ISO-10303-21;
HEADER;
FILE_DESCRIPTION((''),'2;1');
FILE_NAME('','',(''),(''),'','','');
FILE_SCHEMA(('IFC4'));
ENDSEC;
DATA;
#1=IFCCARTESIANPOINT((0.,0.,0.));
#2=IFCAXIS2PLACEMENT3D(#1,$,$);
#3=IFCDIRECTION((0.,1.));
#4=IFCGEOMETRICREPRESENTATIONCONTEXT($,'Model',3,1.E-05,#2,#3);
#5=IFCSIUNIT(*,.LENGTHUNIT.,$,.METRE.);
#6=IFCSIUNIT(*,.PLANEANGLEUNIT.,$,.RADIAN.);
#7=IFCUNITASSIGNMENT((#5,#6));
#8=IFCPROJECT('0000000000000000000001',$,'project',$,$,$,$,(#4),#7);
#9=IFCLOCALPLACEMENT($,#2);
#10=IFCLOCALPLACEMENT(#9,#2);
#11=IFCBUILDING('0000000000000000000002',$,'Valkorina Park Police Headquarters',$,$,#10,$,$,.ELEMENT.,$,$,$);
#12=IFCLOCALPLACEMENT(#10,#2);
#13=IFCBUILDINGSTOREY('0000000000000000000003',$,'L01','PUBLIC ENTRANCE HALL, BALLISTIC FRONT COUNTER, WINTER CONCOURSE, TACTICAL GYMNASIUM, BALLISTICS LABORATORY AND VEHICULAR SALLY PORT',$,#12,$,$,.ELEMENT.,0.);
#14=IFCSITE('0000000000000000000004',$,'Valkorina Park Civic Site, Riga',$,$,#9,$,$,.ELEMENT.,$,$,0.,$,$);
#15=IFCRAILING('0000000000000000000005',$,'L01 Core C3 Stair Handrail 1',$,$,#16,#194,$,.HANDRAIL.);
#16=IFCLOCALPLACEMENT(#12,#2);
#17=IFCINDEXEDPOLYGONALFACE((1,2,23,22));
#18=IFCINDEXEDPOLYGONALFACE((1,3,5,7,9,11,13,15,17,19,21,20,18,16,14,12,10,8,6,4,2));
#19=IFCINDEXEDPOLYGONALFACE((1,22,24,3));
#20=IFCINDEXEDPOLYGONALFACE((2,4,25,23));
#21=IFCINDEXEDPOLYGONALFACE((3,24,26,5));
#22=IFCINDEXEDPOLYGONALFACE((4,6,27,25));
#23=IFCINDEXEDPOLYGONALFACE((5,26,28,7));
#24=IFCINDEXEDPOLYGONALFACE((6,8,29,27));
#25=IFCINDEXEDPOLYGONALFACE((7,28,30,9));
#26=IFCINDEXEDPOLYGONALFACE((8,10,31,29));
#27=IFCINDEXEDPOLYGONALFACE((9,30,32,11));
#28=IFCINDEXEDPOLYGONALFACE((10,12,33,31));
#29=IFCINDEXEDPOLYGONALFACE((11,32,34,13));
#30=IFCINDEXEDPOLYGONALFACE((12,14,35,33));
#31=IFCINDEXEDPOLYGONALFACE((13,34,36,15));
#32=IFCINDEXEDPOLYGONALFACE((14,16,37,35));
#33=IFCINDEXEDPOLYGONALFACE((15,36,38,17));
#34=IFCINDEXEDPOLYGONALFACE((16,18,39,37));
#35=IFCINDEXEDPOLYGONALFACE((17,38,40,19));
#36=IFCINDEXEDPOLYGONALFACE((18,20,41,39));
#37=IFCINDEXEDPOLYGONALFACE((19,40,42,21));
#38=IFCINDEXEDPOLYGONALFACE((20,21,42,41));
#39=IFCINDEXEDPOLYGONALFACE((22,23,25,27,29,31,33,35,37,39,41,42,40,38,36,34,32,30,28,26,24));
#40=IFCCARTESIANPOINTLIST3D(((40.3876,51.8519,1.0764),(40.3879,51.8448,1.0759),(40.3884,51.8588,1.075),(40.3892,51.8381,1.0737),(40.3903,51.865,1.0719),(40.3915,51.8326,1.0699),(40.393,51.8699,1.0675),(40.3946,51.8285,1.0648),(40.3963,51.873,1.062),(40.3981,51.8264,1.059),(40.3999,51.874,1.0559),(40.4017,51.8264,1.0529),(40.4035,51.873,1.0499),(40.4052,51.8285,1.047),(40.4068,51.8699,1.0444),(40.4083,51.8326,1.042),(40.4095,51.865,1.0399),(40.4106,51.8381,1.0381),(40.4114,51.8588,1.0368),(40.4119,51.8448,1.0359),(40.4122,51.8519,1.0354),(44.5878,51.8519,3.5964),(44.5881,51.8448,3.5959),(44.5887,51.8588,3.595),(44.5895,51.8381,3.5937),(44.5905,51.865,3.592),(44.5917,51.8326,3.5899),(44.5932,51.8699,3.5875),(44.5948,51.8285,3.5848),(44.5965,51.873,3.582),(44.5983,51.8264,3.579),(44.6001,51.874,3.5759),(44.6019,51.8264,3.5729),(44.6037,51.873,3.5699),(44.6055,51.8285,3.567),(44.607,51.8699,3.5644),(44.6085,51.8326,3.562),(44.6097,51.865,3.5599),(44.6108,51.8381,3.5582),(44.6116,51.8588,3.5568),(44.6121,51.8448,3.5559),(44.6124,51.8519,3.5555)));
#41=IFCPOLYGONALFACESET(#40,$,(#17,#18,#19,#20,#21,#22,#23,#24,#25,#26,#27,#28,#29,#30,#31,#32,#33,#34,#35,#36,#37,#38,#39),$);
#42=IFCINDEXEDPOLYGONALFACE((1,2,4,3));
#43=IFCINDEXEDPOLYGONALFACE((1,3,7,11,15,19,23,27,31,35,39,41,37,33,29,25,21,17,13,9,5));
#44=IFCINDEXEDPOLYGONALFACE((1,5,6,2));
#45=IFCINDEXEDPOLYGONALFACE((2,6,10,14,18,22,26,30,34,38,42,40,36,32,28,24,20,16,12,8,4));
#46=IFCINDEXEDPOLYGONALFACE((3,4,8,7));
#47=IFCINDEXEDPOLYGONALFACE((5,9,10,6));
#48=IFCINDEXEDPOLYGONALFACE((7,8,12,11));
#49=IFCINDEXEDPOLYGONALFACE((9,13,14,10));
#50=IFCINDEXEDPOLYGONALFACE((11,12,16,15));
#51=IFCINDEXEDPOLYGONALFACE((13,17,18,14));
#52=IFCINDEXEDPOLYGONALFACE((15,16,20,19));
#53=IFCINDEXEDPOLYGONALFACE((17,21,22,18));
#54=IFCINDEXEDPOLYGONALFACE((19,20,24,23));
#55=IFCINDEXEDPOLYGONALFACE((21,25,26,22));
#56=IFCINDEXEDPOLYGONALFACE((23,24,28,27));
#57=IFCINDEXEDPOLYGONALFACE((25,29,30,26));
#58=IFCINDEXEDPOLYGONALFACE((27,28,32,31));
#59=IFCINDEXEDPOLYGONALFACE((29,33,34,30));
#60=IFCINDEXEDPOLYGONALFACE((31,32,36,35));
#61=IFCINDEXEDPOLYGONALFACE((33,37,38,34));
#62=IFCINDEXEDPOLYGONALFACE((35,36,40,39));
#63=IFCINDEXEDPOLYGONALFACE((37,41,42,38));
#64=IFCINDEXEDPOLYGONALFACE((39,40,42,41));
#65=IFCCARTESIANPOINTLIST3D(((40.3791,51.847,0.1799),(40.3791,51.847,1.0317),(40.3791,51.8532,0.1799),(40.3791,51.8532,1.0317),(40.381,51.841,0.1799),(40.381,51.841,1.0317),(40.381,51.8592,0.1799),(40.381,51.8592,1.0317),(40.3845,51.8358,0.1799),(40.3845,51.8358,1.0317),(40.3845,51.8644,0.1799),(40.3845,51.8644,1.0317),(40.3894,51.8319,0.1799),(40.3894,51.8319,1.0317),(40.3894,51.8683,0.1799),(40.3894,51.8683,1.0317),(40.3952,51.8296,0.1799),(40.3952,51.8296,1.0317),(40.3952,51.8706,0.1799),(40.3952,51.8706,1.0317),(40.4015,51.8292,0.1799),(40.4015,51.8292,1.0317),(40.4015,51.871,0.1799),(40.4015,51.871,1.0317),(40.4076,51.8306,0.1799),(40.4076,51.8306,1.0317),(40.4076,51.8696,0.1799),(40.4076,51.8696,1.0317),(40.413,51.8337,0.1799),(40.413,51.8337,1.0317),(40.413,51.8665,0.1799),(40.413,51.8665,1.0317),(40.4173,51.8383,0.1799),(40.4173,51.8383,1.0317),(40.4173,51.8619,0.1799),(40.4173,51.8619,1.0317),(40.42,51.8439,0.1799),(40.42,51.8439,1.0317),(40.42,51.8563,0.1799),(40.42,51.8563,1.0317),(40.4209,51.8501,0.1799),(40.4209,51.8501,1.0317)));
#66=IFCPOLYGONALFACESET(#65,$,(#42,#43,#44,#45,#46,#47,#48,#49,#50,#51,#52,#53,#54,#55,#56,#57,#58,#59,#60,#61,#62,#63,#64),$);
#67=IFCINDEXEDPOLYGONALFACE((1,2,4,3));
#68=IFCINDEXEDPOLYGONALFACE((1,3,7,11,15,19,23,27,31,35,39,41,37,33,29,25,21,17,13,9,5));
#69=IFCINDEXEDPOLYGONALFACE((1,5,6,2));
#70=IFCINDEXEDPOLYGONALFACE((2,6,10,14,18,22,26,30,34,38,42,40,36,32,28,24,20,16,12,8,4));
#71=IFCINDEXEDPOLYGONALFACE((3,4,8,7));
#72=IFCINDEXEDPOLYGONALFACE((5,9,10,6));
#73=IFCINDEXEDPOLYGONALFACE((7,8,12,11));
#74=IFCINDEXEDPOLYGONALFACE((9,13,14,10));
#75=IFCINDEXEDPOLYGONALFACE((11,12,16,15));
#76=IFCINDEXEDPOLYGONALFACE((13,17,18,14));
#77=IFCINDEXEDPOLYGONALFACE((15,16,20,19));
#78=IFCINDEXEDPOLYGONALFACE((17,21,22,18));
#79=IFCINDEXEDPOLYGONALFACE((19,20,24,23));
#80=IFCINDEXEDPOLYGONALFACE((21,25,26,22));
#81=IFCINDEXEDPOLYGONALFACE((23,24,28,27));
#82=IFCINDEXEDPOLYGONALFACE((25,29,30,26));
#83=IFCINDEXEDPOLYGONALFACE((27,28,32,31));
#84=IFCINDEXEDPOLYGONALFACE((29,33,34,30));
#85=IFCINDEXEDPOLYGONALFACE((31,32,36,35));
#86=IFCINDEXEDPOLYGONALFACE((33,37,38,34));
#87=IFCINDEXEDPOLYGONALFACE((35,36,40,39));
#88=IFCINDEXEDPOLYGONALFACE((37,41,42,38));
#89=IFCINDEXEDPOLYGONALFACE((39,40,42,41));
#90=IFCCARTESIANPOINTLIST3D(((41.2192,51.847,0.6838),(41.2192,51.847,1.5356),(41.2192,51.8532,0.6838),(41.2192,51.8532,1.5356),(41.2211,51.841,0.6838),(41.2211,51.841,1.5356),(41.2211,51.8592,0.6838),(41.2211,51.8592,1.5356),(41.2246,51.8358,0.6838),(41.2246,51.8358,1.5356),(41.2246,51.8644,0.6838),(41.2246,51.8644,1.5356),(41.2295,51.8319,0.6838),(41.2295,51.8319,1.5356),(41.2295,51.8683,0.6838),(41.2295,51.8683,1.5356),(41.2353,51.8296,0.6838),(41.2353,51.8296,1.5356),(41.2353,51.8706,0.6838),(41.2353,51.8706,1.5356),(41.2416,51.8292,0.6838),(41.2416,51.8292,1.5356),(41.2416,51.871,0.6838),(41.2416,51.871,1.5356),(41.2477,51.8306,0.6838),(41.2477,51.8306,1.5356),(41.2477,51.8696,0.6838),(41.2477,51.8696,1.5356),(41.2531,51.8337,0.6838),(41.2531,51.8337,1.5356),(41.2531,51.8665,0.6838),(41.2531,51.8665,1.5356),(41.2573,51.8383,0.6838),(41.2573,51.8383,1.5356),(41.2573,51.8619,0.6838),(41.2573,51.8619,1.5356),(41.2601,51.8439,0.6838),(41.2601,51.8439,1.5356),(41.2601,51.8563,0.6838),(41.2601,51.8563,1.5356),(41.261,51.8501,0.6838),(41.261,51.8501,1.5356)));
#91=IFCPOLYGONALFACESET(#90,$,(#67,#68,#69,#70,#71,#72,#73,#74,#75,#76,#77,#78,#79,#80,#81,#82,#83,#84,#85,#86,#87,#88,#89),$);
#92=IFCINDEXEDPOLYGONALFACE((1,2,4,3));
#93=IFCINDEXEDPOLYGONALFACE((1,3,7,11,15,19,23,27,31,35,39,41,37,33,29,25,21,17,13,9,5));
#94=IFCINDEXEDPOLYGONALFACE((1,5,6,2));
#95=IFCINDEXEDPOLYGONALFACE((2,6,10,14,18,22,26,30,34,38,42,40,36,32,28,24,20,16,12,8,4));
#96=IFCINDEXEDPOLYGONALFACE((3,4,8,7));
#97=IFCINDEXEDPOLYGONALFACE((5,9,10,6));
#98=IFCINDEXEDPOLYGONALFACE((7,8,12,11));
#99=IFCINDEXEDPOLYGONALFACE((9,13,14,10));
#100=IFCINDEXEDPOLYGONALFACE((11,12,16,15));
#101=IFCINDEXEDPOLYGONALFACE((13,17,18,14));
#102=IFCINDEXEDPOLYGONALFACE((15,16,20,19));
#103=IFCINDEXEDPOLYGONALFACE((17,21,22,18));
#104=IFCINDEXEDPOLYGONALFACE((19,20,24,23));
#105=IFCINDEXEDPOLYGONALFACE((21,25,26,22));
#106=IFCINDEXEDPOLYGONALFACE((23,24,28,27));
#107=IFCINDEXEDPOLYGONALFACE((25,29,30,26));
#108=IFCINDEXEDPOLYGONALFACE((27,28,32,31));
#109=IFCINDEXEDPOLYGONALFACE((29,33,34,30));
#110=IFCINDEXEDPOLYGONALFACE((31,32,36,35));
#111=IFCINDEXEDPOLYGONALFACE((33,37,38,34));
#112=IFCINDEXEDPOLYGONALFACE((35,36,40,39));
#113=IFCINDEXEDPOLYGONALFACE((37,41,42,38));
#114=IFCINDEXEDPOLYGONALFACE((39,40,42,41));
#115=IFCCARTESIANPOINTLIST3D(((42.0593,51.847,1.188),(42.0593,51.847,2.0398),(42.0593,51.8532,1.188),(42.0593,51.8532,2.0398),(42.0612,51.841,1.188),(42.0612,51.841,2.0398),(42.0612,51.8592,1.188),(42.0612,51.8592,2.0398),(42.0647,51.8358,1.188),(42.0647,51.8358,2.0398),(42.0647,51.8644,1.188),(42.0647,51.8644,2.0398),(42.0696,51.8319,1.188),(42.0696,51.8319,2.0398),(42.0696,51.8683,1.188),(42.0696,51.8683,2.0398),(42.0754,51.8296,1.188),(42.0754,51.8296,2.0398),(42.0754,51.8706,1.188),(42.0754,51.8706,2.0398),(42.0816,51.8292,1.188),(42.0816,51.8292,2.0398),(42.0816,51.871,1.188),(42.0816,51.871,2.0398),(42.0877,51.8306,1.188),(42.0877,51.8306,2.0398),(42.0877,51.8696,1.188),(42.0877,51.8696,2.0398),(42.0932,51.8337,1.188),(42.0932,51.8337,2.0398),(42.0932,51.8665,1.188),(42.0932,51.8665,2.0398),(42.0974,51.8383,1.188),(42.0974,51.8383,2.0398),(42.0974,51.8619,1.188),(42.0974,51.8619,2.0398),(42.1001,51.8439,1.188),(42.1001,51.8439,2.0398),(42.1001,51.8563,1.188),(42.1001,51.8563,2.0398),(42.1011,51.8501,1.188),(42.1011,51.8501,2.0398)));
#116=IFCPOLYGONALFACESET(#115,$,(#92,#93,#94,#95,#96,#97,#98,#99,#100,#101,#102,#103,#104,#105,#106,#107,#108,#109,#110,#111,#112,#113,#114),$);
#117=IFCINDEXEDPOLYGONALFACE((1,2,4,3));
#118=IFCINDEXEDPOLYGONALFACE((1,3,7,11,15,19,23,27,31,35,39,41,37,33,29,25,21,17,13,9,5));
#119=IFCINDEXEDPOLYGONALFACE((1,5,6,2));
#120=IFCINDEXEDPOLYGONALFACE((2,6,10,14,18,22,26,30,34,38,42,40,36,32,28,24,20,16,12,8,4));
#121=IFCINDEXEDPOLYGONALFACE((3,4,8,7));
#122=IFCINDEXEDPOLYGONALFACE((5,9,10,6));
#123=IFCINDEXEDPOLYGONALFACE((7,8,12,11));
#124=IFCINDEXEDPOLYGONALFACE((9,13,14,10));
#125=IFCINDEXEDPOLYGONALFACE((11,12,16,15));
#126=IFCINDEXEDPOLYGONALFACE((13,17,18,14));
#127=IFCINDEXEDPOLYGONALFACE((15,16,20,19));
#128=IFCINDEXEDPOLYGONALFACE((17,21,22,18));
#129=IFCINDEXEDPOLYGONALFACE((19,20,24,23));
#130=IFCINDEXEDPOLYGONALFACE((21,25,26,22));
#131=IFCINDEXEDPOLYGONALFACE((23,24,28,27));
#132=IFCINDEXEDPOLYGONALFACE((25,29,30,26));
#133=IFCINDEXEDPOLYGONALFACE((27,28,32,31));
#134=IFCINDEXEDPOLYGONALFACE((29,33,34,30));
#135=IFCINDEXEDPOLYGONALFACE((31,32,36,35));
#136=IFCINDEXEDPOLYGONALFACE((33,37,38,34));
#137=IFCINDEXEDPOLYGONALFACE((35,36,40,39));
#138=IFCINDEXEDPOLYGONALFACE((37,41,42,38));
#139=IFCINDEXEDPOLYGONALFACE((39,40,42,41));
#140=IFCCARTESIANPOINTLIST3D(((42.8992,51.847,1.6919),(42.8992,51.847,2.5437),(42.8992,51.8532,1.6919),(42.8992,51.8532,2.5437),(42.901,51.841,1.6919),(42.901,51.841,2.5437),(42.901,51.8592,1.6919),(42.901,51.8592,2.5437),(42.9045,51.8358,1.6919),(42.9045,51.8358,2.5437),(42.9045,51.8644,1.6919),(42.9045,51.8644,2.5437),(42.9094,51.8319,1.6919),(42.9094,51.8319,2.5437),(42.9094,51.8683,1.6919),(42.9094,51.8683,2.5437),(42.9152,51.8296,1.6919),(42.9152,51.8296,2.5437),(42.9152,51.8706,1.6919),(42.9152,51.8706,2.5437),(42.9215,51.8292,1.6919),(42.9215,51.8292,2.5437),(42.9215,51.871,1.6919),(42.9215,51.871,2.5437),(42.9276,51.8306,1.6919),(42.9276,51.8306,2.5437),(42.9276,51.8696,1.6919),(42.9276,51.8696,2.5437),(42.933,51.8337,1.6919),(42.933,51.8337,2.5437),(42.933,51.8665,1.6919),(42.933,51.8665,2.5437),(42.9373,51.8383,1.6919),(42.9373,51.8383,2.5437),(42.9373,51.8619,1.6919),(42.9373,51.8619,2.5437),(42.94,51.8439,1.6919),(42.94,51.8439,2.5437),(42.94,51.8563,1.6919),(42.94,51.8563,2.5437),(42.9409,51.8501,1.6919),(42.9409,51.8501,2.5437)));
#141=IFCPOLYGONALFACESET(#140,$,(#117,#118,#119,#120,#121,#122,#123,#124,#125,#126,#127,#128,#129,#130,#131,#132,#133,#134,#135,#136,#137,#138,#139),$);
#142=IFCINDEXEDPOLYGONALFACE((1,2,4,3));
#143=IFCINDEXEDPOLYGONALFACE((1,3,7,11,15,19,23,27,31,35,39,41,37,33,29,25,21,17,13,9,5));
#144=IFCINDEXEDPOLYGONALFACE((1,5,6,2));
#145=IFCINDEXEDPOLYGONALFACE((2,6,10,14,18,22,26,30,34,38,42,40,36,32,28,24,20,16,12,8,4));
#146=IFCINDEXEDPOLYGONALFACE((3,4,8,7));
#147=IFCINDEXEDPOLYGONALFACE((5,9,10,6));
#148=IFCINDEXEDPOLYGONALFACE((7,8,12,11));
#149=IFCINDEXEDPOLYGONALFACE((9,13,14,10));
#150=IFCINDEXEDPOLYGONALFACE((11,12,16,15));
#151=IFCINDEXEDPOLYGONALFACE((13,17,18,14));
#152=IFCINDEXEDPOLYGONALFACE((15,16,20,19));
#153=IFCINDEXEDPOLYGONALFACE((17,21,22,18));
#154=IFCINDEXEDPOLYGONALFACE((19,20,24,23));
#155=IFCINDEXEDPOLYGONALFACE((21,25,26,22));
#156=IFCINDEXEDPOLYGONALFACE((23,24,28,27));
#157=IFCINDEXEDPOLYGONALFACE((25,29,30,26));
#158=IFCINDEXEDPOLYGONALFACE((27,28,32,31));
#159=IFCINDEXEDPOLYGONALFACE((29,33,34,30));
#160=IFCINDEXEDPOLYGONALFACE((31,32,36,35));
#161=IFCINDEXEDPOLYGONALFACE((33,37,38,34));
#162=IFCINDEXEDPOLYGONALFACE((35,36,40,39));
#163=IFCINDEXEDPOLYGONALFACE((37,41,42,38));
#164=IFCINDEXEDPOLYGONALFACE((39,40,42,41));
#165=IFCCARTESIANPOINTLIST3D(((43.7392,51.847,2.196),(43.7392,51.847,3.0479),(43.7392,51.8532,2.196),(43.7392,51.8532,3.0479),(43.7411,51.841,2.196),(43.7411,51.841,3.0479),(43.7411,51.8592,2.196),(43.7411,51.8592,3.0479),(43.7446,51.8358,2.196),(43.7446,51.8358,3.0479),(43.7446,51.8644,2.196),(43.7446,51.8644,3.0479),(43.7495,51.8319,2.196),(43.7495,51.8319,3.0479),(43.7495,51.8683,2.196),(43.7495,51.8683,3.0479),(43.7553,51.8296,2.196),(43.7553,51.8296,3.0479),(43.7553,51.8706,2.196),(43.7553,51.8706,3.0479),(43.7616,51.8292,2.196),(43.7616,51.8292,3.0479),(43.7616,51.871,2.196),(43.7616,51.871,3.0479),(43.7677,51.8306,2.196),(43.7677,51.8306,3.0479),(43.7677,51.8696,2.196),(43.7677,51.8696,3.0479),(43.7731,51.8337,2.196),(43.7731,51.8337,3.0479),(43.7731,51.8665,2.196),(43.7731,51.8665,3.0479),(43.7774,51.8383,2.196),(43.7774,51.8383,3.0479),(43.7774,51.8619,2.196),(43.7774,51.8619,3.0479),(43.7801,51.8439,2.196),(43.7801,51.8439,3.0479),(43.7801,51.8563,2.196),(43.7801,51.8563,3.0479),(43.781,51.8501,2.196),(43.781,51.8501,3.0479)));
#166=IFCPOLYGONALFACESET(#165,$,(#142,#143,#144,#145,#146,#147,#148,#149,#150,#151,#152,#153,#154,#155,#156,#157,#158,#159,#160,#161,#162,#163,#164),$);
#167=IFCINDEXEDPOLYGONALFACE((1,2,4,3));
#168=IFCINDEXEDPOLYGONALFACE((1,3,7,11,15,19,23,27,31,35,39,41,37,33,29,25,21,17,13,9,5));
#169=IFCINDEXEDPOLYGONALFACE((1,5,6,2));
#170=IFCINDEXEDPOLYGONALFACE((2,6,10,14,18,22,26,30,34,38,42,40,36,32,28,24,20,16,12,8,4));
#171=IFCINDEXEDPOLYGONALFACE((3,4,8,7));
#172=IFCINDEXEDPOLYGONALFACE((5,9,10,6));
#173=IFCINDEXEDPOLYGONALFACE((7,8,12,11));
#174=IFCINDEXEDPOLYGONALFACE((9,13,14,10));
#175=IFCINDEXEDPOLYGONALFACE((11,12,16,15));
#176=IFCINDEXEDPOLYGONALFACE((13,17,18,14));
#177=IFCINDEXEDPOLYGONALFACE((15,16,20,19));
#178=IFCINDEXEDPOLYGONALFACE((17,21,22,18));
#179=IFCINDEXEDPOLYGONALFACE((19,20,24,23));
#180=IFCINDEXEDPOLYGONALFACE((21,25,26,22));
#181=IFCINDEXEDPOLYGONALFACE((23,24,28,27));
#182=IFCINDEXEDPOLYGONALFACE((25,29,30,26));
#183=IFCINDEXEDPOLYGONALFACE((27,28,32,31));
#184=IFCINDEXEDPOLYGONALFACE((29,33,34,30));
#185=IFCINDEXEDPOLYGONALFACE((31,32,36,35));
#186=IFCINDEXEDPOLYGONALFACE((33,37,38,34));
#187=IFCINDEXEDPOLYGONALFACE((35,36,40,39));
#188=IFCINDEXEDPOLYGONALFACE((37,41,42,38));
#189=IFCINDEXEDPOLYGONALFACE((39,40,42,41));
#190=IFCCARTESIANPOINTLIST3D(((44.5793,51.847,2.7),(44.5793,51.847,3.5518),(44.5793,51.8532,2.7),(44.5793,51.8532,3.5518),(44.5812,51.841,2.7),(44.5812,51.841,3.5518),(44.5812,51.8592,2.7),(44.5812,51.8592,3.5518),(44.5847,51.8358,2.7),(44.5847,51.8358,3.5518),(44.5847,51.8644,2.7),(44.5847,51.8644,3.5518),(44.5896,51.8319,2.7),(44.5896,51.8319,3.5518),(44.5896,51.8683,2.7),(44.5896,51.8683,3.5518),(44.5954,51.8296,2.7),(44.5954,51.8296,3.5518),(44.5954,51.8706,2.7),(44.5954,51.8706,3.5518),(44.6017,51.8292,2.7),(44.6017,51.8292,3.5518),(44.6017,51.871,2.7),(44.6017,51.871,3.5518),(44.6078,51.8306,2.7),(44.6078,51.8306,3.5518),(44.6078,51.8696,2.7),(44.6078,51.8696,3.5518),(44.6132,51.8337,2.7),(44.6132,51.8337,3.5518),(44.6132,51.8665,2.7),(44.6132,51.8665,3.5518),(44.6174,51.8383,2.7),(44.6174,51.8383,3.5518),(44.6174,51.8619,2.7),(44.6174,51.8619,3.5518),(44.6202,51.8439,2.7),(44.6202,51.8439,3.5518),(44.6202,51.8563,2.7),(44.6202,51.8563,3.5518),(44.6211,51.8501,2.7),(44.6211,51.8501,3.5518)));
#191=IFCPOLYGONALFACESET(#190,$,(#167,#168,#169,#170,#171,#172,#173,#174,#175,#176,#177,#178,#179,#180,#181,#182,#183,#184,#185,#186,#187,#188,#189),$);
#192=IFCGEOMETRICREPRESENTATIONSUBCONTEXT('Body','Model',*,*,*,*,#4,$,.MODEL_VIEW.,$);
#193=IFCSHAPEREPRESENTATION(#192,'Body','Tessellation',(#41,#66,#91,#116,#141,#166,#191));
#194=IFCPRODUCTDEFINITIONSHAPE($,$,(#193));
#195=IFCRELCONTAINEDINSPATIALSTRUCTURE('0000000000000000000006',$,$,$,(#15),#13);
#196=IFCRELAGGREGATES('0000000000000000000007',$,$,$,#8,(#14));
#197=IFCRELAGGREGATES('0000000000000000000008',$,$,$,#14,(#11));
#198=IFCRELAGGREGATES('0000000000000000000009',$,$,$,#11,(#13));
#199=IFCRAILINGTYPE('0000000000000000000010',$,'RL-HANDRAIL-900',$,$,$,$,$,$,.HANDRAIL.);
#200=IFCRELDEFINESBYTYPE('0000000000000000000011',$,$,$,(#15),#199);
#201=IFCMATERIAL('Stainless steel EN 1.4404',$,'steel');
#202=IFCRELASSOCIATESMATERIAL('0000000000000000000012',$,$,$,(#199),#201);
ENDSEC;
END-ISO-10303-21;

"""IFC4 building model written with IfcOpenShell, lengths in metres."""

from ifc_helpers import new_model, si_unit, direction, frame, origin, origin_2d, place, context, subcontext, project, spatial, circle, extrude, material, type_object, element, save


model = new_model("IFC4")

# Units and contexts
model_context = context("Model", 3, precision=1e-05, world=origin(), true_north=direction((0.0, 1.0)))
body_context = subcontext(model_context, "Body", "Model", "MODEL_VIEW")
ifc_project = project(units=[si_unit("LENGTHUNIT", "METRE"), si_unit("PLANEANGLEUNIT", "RADIAN")], contexts=[model_context])

# Site, building, storey
site_placement = place(None, origin())
site = spatial("IfcSite", under=ifc_project, at=site_placement, Name="Valkorina Park Civic Site, Riga", CompositionType="ELEMENT", RefElevation=0.0)
building_placement = place(site_placement, origin())
building = spatial("IfcBuilding", under=site, at=building_placement, Name="Valkorina Park Police Headquarters", CompositionType="ELEMENT")
storey_placement = place(building_placement, origin())
storey = spatial("IfcBuildingStorey", under=building, at=storey_placement, Name="L01", Description="PUBLIC ENTRANCE HALL, BALLISTIC FRONT COUNTER, WINTER CONCOURSE, TACTICAL GYMNASIUM, BALLISTICS LABORATORY AND VEHICULAR SALLY PORT", CompositionType="ELEMENT", Elevation=0.0)

# Shared definitions
ifc_material_1 = material(Name="Stainless steel EN 1.4404", Category="steel")

# Railing
railing_type_1 = type_object("IfcRailingType", Name="RL-HANDRAIL-900", PredefinedType="HANDRAIL", material=ifc_material_1)
railing_1_placement = place(storey_placement, frame((40.3999, 51.8501, 0.1799)))
element("IfcRailing", 1, at=railing_1_placement, inside=storey, type_object=railing_type_1, Name="L01 Core C3 Stair Handrail 1", PredefinedType="HANDRAIL", context=body_context, shape_type="SweptSolid", body=[
    extrude(circle(Radius=0.0239, at=origin_2d()), frame((0.0, 0.0, 0.876), z_axis=(0.857502, 0.0, 0.514481), x_axis=(0.0, 1.0, 0.0)), (0.0, 0.0, 1.0), 4.8982),
    extrude(circle(Radius=0.021, at=origin_2d()), origin(), (0.0, 0.0, 1.0), 0.8518),
    extrude(circle(Radius=0.021, at=origin_2d()), frame((0.8401, 0.0, 0.5039)), (0.0, 0.0, 1.0), 0.8518),
    extrude(circle(Radius=0.021, at=origin_2d()), frame((1.6802, 0.0, 1.0081)), (0.0, 0.0, 1.0), 0.8518),
    extrude(circle(Radius=0.021, at=origin_2d()), frame((2.52, 0.0, 1.512)), (0.0, 0.0, 1.0), 0.8518),
    extrude(circle(Radius=0.021, at=origin_2d()), frame((3.3601, 0.0, 2.0161)), (0.0, 0.0, 1.0), 0.8518),
    extrude(circle(Radius=0.021, at=origin_2d()), frame((4.2002, 0.0, 2.52)), (0.0, 0.0, 1.0), 0.8518),
])

save(model, "model.ifc")
